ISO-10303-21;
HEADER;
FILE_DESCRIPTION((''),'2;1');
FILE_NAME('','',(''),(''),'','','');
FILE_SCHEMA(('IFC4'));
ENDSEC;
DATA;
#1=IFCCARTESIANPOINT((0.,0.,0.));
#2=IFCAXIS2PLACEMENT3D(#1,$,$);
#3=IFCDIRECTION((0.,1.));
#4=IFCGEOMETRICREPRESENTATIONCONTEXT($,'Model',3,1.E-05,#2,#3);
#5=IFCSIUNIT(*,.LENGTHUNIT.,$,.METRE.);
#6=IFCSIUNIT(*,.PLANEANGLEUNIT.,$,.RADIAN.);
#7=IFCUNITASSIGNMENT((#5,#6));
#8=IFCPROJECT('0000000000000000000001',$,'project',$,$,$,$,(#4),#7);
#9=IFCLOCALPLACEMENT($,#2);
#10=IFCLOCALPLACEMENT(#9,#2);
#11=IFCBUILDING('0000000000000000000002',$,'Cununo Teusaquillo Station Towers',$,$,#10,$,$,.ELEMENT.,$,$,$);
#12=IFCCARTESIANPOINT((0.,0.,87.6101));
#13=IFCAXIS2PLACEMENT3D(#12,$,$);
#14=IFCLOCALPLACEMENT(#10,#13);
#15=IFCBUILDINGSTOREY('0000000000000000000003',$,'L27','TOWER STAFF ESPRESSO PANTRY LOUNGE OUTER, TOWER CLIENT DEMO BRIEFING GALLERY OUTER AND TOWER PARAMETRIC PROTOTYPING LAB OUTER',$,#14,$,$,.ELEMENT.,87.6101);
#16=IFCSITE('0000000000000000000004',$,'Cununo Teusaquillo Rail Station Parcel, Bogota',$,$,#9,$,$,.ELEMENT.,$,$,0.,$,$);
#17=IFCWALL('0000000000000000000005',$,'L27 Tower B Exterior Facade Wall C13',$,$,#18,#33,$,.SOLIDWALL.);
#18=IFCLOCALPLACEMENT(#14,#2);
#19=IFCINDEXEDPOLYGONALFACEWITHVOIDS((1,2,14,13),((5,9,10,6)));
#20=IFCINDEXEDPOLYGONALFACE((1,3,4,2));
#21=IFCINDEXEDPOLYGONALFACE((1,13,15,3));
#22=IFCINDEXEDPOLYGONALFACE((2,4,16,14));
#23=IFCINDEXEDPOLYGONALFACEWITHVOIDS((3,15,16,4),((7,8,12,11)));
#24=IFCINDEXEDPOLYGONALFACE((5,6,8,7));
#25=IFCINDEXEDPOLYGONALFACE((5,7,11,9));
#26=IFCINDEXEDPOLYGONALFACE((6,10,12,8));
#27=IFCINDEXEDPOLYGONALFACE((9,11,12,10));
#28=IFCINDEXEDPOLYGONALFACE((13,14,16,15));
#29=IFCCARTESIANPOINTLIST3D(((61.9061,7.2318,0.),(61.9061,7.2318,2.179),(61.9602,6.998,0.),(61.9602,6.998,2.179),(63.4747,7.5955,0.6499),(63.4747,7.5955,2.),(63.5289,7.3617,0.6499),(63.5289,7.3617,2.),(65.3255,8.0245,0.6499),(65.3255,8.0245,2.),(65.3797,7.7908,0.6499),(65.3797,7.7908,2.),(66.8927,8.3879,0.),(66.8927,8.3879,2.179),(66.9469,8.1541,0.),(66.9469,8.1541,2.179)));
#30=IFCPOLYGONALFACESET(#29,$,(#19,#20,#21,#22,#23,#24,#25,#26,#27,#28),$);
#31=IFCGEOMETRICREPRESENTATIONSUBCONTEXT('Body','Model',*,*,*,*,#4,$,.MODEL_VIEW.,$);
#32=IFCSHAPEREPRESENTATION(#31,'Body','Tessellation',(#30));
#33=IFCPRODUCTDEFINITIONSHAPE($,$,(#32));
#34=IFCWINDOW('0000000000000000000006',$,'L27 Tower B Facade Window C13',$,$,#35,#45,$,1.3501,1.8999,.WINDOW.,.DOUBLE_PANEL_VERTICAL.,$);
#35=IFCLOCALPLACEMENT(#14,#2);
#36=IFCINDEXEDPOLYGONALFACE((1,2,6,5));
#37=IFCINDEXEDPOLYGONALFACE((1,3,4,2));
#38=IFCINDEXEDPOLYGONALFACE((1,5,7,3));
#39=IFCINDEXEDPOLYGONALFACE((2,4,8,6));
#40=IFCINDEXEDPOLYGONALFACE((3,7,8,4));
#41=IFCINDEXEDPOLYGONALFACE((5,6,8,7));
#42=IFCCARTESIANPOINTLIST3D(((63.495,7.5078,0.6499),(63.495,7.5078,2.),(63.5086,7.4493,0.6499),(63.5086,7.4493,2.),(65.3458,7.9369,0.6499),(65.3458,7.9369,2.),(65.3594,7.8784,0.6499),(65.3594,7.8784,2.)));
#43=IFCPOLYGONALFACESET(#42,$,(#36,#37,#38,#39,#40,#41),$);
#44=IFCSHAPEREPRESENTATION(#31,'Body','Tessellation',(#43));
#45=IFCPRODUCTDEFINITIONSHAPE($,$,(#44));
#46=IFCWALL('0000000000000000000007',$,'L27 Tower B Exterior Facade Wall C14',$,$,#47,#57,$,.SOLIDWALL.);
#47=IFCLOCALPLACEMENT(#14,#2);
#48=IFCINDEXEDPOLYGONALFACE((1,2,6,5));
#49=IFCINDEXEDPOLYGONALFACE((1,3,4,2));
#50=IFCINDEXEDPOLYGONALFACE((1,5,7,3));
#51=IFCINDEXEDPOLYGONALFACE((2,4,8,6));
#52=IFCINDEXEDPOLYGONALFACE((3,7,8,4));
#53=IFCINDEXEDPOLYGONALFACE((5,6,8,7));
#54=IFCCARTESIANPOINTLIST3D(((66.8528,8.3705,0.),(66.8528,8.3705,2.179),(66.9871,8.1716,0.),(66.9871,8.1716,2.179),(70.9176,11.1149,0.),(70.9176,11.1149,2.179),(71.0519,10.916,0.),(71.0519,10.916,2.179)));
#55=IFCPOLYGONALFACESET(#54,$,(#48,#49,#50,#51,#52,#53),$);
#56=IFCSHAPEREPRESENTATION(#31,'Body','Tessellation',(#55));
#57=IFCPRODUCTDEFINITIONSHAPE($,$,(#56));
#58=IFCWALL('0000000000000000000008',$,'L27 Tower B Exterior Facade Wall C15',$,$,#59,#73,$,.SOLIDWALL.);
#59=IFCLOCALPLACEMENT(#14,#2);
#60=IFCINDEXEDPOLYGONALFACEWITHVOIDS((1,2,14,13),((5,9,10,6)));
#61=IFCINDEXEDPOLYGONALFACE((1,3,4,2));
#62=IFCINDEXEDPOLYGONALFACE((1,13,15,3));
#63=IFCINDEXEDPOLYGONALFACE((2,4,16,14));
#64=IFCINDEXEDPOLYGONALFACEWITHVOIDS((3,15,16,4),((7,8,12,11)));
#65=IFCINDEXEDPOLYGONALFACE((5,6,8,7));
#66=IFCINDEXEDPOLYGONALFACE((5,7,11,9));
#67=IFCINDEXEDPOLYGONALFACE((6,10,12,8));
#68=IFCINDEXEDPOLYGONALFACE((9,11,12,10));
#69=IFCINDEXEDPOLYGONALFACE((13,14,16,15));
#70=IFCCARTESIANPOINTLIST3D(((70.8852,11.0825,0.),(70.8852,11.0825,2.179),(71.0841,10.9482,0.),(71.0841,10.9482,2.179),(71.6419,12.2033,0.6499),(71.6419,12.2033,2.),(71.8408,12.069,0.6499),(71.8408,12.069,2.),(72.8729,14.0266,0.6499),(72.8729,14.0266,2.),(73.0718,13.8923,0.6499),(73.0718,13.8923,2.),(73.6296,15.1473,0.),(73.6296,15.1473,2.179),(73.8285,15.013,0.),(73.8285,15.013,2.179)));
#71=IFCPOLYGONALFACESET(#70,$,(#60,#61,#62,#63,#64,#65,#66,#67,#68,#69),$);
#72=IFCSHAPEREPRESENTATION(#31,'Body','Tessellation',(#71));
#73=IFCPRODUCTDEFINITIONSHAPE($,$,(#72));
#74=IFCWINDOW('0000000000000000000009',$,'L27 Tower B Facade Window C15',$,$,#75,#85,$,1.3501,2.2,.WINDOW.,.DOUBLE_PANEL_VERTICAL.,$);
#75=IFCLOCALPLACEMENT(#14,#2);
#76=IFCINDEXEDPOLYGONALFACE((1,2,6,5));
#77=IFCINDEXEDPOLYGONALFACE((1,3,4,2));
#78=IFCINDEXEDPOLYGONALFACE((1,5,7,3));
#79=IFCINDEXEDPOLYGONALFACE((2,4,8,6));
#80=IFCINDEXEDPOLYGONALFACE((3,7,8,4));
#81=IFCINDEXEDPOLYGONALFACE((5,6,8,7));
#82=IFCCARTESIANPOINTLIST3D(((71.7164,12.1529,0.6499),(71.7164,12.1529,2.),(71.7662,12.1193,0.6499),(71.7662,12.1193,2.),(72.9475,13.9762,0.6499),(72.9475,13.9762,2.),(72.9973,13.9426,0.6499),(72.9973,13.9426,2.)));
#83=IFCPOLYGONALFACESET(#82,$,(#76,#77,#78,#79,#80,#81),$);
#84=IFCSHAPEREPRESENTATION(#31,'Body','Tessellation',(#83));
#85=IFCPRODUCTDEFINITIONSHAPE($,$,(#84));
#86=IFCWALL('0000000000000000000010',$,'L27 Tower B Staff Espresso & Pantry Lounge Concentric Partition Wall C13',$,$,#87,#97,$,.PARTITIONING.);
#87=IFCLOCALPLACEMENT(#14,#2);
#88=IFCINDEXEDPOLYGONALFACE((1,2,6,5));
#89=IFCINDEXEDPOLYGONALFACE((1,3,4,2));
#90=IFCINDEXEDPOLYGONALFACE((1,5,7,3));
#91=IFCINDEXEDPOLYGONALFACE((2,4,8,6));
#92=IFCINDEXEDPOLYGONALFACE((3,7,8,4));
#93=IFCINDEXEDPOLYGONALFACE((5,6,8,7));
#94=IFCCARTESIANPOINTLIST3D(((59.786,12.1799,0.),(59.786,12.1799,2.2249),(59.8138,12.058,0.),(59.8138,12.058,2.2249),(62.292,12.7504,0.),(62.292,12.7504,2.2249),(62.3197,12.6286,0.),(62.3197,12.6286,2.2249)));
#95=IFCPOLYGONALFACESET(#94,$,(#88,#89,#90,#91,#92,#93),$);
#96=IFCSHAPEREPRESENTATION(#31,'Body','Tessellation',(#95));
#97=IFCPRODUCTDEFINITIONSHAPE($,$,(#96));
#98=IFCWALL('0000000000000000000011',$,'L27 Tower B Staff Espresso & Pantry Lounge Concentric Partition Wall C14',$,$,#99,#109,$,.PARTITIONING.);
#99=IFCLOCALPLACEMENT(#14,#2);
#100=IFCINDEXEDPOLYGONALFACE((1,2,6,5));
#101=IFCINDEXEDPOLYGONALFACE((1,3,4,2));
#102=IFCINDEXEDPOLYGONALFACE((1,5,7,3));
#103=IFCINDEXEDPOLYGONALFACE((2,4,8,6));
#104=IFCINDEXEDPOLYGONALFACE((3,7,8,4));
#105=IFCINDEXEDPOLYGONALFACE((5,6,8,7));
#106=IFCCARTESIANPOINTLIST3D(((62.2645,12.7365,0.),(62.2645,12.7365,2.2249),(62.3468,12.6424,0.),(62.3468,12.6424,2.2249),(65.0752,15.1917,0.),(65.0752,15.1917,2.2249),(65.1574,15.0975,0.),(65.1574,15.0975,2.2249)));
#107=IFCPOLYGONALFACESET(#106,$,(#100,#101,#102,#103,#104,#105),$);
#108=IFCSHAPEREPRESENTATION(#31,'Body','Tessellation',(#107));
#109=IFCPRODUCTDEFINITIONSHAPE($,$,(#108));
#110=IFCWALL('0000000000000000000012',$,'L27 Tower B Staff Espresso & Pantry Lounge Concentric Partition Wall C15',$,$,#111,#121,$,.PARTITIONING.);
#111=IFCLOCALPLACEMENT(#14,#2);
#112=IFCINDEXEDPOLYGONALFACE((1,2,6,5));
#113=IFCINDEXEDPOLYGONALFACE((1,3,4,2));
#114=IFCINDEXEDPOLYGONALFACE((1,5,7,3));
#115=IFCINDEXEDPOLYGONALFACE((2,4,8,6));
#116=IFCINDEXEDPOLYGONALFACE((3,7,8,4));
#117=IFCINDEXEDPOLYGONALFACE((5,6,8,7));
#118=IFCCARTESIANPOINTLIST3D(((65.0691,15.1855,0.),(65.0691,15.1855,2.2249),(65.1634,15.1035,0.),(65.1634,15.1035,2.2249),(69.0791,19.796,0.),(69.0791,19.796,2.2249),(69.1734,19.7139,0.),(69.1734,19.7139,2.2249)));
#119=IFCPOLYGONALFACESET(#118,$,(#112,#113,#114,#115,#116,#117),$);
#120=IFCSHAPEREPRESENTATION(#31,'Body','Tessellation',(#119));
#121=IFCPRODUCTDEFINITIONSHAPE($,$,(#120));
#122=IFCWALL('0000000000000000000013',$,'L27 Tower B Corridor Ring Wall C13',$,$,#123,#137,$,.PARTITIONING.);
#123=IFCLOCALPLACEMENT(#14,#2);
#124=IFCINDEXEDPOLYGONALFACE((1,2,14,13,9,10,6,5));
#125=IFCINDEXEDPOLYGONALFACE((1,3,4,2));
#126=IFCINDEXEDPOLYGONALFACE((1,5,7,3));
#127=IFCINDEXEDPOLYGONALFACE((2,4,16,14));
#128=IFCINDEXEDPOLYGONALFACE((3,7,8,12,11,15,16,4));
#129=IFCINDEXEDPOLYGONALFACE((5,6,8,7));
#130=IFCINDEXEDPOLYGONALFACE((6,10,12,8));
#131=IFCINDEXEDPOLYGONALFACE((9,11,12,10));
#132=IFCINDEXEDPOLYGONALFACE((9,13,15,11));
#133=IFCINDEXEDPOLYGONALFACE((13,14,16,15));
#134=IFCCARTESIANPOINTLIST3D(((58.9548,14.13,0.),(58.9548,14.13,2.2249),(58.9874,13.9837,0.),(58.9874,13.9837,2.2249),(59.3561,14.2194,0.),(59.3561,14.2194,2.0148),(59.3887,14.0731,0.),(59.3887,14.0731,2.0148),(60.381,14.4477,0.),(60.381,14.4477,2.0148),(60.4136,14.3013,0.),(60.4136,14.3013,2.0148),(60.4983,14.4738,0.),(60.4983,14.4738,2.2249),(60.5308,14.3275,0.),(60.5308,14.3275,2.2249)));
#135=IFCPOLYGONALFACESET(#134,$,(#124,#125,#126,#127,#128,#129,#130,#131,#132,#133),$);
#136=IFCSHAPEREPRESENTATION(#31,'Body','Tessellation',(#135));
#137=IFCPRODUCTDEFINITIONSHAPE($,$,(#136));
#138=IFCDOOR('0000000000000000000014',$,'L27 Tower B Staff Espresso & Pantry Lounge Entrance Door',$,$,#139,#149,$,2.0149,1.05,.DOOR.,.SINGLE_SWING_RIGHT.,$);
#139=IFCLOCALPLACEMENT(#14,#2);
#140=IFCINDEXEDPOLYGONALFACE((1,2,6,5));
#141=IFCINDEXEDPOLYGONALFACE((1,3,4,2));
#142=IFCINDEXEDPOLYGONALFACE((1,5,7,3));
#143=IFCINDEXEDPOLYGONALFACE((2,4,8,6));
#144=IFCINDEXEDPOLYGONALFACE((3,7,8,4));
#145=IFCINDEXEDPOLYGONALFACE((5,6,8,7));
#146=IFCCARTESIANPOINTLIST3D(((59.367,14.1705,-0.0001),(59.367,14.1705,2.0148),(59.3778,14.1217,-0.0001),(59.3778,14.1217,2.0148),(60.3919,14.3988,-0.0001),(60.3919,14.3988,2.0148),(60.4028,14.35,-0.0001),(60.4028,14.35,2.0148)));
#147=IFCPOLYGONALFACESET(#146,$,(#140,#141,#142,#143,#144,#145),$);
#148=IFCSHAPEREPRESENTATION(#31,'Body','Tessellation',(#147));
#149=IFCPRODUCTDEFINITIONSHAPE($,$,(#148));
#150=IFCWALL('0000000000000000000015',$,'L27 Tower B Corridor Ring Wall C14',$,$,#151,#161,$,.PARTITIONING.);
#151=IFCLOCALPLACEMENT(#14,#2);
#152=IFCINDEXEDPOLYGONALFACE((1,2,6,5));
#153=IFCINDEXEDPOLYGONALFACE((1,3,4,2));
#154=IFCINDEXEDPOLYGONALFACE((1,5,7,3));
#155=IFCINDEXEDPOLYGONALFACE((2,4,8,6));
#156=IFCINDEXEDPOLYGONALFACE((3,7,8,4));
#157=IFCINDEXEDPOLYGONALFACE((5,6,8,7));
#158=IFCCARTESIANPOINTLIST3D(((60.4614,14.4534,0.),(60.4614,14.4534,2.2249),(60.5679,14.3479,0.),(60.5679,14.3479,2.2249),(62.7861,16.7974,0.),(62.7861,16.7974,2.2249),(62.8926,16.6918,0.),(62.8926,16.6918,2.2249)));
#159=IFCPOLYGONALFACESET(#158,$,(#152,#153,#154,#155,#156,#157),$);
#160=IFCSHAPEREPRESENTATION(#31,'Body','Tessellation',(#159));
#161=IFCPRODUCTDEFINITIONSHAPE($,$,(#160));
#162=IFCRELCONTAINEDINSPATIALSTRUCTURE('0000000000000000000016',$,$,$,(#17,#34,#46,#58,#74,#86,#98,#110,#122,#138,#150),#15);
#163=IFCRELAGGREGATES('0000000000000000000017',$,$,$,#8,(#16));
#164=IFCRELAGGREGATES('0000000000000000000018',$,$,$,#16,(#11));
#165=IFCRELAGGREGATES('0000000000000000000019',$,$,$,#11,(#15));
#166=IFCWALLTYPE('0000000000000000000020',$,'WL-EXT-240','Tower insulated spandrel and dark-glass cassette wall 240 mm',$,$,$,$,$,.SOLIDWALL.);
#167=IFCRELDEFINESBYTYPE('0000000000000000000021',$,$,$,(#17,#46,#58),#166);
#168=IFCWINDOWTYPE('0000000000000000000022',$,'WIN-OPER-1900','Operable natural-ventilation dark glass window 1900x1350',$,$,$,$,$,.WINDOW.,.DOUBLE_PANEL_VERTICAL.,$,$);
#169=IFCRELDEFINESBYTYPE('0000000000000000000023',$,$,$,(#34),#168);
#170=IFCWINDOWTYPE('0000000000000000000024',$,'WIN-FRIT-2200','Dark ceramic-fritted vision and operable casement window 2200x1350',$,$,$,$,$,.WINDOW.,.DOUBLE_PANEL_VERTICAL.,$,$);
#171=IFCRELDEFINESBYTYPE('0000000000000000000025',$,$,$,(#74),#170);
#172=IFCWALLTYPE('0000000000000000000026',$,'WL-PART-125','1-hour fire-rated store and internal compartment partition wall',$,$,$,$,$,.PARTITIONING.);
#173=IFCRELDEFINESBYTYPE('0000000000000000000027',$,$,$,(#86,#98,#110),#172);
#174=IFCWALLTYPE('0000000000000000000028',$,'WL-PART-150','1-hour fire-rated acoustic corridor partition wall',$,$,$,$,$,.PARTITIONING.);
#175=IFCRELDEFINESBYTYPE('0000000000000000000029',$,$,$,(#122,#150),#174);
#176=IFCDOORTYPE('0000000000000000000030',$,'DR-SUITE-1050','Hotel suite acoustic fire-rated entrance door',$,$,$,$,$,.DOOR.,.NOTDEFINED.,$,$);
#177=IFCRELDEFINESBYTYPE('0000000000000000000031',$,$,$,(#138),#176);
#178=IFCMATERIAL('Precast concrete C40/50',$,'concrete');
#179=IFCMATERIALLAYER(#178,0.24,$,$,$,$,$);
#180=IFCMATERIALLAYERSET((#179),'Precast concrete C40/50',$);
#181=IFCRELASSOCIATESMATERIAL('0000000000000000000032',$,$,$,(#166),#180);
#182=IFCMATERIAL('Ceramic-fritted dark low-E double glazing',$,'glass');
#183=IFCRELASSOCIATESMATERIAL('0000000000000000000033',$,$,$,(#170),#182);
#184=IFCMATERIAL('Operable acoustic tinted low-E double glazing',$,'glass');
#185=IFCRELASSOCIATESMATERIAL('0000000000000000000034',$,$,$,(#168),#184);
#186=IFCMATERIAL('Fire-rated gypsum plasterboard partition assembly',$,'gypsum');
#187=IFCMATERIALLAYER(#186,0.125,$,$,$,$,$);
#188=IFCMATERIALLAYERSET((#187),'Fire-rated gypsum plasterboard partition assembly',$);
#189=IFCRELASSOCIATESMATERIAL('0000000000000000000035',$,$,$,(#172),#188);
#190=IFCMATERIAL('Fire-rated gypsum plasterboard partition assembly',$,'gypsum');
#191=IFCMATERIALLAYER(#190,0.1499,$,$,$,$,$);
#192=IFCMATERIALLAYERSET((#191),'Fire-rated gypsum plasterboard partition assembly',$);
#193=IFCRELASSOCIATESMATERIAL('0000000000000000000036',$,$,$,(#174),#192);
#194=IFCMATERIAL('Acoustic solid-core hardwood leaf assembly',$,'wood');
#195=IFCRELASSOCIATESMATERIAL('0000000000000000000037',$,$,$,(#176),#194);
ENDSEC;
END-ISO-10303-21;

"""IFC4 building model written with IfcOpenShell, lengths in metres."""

from ifc_helpers import new_model, si_unit, direction, frame, frame_2d, origin, place, context, subcontext, project, spatial, rectangle, extrude, source, transform, mapped, material, layer, layer_set, type_object, element, fill, save


model = new_model("IFC4")

# Units and contexts
model_context = context("Model", 3, precision=1e-05, world=origin(), true_north=direction((0.0, 1.0)))
body_context = subcontext(model_context, "Body", "Model", "MODEL_VIEW")
ifc_project = project(units=[si_unit("LENGTHUNIT", "METRE"), si_unit("PLANEANGLEUNIT", "RADIAN")], contexts=[model_context])

# Site, building, storey
site_placement = place(None, origin())
site = spatial("IfcSite", under=ifc_project, at=site_placement, Name="Cununo Teusaquillo Rail Station Parcel, Bogota", CompositionType="ELEMENT", RefElevation=0.0)
building_placement = place(site_placement, origin())
building = spatial("IfcBuilding", under=site, at=building_placement, Name="Cununo Teusaquillo Station Towers", CompositionType="ELEMENT")
storey_placement = place(building_placement, frame((0.0, 0.0, 87.6101)))
storey = spatial("IfcBuildingStorey", under=building, at=storey_placement, Name="L27", Description="TOWER STAFF ESPRESSO PANTRY LOUNGE OUTER, TOWER CLIENT DEMO BRIEFING GALLERY OUTER AND TOWER PARAMETRIC PROTOTYPING LAB OUTER", CompositionType="ELEMENT", Elevation=87.6101)

# Wall, opening, window
ifc_material_1 = material(Name="Precast concrete C40/50", Category="concrete")
ifc_layer_1 = layer(ifc_material_1, 0.24)
ifc_layer_set_1 = layer_set([ifc_layer_1], Name="Precast concrete C40/50")
wall_type_1 = type_object("IfcWallType", Name="WL-EXT-240", Description="Tower insulated spandrel and dark-glass cassette wall 240 mm", PredefinedType="SOLIDWALL", material=ifc_layer_set_1)
shared_shape_1 = source(origin(), body_context, "Body", "SweptSolid", [
    extrude(rectangle(XDim=2.2, YDim=1.3501, at=frame_2d((1.1001, 0.675))), frame((0.0, 0.1299, 0.0), z_axis=(0.0, -1.0, 0.0), x_axis=(1.0, 0.0, 0.0)), (0.0, 0.0, 1.0), 0.26),
])
ifc_material_2 = material(Name="Ceramic-fritted dark low-E double glazing", Category="glass")
window_type_1 = type_object("IfcWindowType", Name="WIN-FRIT-2200", Description="Dark ceramic-fritted vision and operable casement window 2200x1350", PartitioningType="DOUBLE_PANEL_VERTICAL", PredefinedType="WINDOW", material=ifc_material_2)
shared_shape_2 = source(origin(), body_context, "Body", "SweptSolid", [
    extrude(rectangle(XDim=2.2, YDim=1.3501, at=frame_2d((1.1001, 0.675))), frame((0.0, 0.03, 0.0), z_axis=(0.0, -1.0, 0.0), x_axis=(1.0, 0.0, 0.0)), (0.0, 0.0, 1.0), 0.0601),
])
wall_1_placement = place(storey_placement, frame((66.9199, 8.271, 0.0), z_axis=(0.0, 0.0, 1.0), x_axis=(-0.974166, -0.225835, 0.0)))
wall_1 = element("IfcWall", 1, at=wall_1_placement, inside=storey, type_object=wall_type_1, Name="L27 Tower B Exterior Facade Wall C13", PredefinedType="SOLIDWALL", context=body_context, shape_type="SweptSolid", body=[
    extrude(rectangle(XDim=5.1189, YDim=0.24, at=frame_2d((2.5596, 0.0))), origin(), (0.0, 0.0, 1.0), 2.179),
])
shared_shape_3 = source(origin(), body_context, "Body", "SweptSolid", [
    extrude(rectangle(XDim=1.8999, YDim=1.3501, at=frame_2d((0.95, 0.675))), frame((0.0, 0.1299, 0.0), z_axis=(0.0, -1.0, 0.0), x_axis=(1.0, 0.0, 0.0)), (0.0, 0.0, 1.0), 0.26),
])
opening_1_placement = place(wall_1_placement, frame((1.6089, 0.0, 0.6499)))
opening_1 = element("IfcOpeningElement", 2, at=opening_1_placement, cuts=wall_1, PredefinedType="OPENING", context=body_context, shape_type="MappedRepresentation", body=[
    mapped(shared_shape_3, transform((0.0, 0.0, 0.0), x_axis=(1.0, 0.0, 0.0), y_axis=(0.0, 1.0, 0.0), z_axis=(0.0, 0.0, 1.0), scale=1.0)),
])
ifc_material_3 = material(Name="Operable acoustic tinted low-E double glazing", Category="glass")
window_type_2 = type_object("IfcWindowType", Name="WIN-OPER-1900", Description="Operable natural-ventilation dark glass window 1900x1350", PartitioningType="DOUBLE_PANEL_VERTICAL", PredefinedType="WINDOW", material=ifc_material_3)
shared_shape_4 = source(origin(), body_context, "Body", "SweptSolid", [
    extrude(rectangle(XDim=1.8999, YDim=1.3501, at=frame_2d((0.95, 0.675))), frame((0.0, 0.03, 0.0), z_axis=(0.0, -1.0, 0.0), x_axis=(1.0, 0.0, 0.0)), (0.0, 0.0, 1.0), 0.0601),
])
window_1_placement = place(opening_1_placement, origin())
window_1 = element("IfcWindow", 3, at=window_1_placement, inside=storey, type_object=window_type_2, Name="L27 Tower B Facade Window C13", OverallHeight=1.3501, OverallWidth=1.8999, PartitioningType="DOUBLE_PANEL_VERTICAL", PredefinedType="WINDOW", context=body_context, shape_type="MappedRepresentation", body=[
    mapped(shared_shape_4, transform((0.0, 0.0, 0.0), x_axis=(1.0, 0.0, 0.0), y_axis=(0.0, 1.0, 0.0), z_axis=(0.0, 0.0, 1.0), scale=1.0)),
])
fill(opening_1, window_1)

# Wall
wall_2_placement = place(storey_placement, frame((70.9846, 11.0154, 0.0), z_axis=(0.0, 0.0, 1.0), x_axis=(-0.828781, -0.559573, 0.0)))
element("IfcWall", 4, at=wall_2_placement, inside=storey, type_object=wall_type_1, Name="L27 Tower B Exterior Facade Wall C14", PredefinedType="SOLIDWALL", context=body_context, shape_type="SweptSolid", body=[
    extrude(rectangle(XDim=4.9045, YDim=0.24, at=frame_2d((2.4521, 0.0))), origin(), (0.0, 0.0, 1.0), 2.179),
])

# Wall, opening, window
wall_3_placement = place(storey_placement, frame((73.729, 15.0801, 0.0), z_axis=(0.0, 0.0, 1.0), x_axis=(-0.559573, -0.828781, 0.0)))
wall_3 = element("IfcWall", 5, at=wall_3_placement, inside=storey, type_object=wall_type_1, Name="L27 Tower B Exterior Facade Wall C15", PredefinedType="SOLIDWALL", context=body_context, shape_type="SweptSolid", body=[
    extrude(rectangle(XDim=4.9045, YDim=0.24, at=frame_2d((2.4521, 0.0))), origin(), (0.0, 0.0, 1.0), 2.179),
])
opening_2_placement = place(wall_3_placement, frame((1.3521, 0.0, 0.6499)))
opening_2 = element("IfcOpeningElement", 6, at=opening_2_placement, cuts=wall_3, PredefinedType="OPENING", context=body_context, shape_type="MappedRepresentation", body=[
    mapped(shared_shape_1, transform((0.0, 0.0, 0.0), x_axis=(1.0, 0.0, 0.0), y_axis=(0.0, 1.0, 0.0), z_axis=(0.0, 0.0, 1.0), scale=1.0)),
])
window_2_placement = place(opening_2_placement, origin())
window_2 = element("IfcWindow", 7, at=window_2_placement, inside=storey, type_object=window_type_1, Name="L27 Tower B Facade Window C15", OverallHeight=1.3501, OverallWidth=2.2, PartitioningType="DOUBLE_PANEL_VERTICAL", PredefinedType="WINDOW", context=body_context, shape_type="MappedRepresentation", body=[
    mapped(shared_shape_2, transform((0.0, 0.0, 0.0), x_axis=(1.0, 0.0, 0.0), y_axis=(0.0, 1.0, 0.0), z_axis=(0.0, 0.0, 1.0), scale=1.0)),
])
fill(opening_2, window_2)

# Walls
ifc_material_4 = material(Name="Fire-rated gypsum plasterboard partition assembly", Category="gypsum")
ifc_layer_2 = layer(ifc_material_4, 0.125)
ifc_layer_set_2 = layer_set([ifc_layer_2], Name="Fire-rated gypsum plasterboard partition assembly")
wall_type_2 = type_object("IfcWallType", Name="WL-PART-125", Description="1-hour fire-rated store and internal compartment partition wall", PredefinedType="PARTITIONING", material=ifc_layer_set_2)
wall_4_placement = place(storey_placement, frame((59.7998, 12.1189, 0.0), z_axis=(0.0, 0.0, 1.0), x_axis=(0.975045, 0.222007, 0.0)))
element("IfcWall", 8, at=wall_4_placement, inside=storey, type_object=wall_type_2, Name="L27 Tower B Staff Espresso & Pantry Lounge Concentric Partition Wall C13", PredefinedType="PARTITIONING", context=body_context, shape_type="SweptSolid", body=[
    extrude(rectangle(XDim=2.5701, YDim=0.125, at=frame_2d((1.2852, 0.0))), origin(), (0.0, 0.0, 1.0), 2.2249),
])
wall_5_placement = place(storey_placement, frame((62.3057, 12.6895, 0.0), z_axis=(0.0, 0.0, 1.0), x_axis=(0.753128, 0.657874, 0.0)))
element("IfcWall", 9, at=wall_5_placement, inside=storey, type_object=wall_type_2, Name="L27 Tower B Staff Espresso & Pantry Lounge Concentric Partition Wall C14", PredefinedType="PARTITIONING", context=body_context, shape_type="SweptSolid", body=[
    extrude(rectangle(XDim=3.7319, YDim=0.125, at=frame_2d((1.866, 0.0))), origin(), (0.0, 0.0, 1.0), 2.2249),
])
wall_6_placement = place(storey_placement, frame((65.1162, 15.1445, 0.0), z_axis=(0.0, 0.0, 1.0), x_axis=(0.656273, 0.754524, 0.0)))
element("IfcWall", 10, at=wall_6_placement, inside=storey, type_object=wall_type_2, Name="L27 Tower B Staff Espresso & Pantry Lounge Concentric Partition Wall C15", PredefinedType="PARTITIONING", context=body_context, shape_type="SweptSolid", body=[
    extrude(rectangle(XDim=6.1104, YDim=0.125, at=frame_2d((3.0552, 0.0))), origin(), (0.0, 0.0, 1.0), 2.2249),
])

# Wall, opening, door
ifc_material_5 = material(Name="Fire-rated gypsum plasterboard partition assembly", Category="gypsum")
ifc_layer_3 = layer(ifc_material_5, 0.1499)
ifc_layer_set_3 = layer_set([ifc_layer_3], Name="Fire-rated gypsum plasterboard partition assembly")
wall_type_3 = type_object("IfcWallType", Name="WL-PART-150", Description="1-hour fire-rated acoustic corridor partition wall", PredefinedType="PARTITIONING", material=ifc_layer_set_3)
wall_7_placement = place(storey_placement, frame((58.9712, 14.0569, 0.0), z_axis=(0.0, 0.0, 1.0), x_axis=(0.976085, 0.217388, 0.0)))
wall_7 = element("IfcWall", 11, at=wall_7_placement, inside=storey, type_object=wall_type_3, Name="L27 Tower B Corridor Ring Wall C13", PredefinedType="PARTITIONING", context=body_context, shape_type="SweptSolid", body=[
    extrude(rectangle(XDim=1.5813, YDim=0.1499, at=frame_2d((0.7905, 0.0))), origin(), (0.0, 0.0, 1.0), 2.2249),
])
shared_shape_5 = source(origin(), body_context, "Body", "SweptSolid", [
    extrude(rectangle(XDim=1.05, YDim=2.0149, at=frame_2d((0.5249, 1.0073))), frame((0.0, 0.085, 0.0), z_axis=(0.0, -1.0, 0.0), x_axis=(1.0, 0.0, 0.0)), (0.0, 0.0, 1.0), 0.1699),
])
opening_3_placement = place(wall_7_placement, frame((0.4111, 0.0, 0.0)))
opening_3 = element("IfcOpeningElement", 12, at=opening_3_placement, cuts=wall_7, PredefinedType="OPENING", context=body_context, shape_type="MappedRepresentation", body=[
    mapped(shared_shape_5, transform((0.0, 0.0, 0.0), x_axis=(1.0, 0.0, 0.0), y_axis=(0.0, 1.0, 0.0), z_axis=(0.0, 0.0, 1.0), scale=1.0)),
])
ifc_material_6 = material(Name="Acoustic solid-core hardwood leaf assembly", Category="wood")
door_type_1 = type_object("IfcDoorType", Name="DR-SUITE-1050", Description="Hotel suite acoustic fire-rated entrance door", OperationType="NOTDEFINED", PredefinedType="DOOR", material=ifc_material_6)
shared_shape_6 = source(origin(), body_context, "Body", "SweptSolid", [
    extrude(rectangle(XDim=1.05, YDim=2.0149, at=frame_2d((0.5249, 1.0073))), frame((0.0, 0.0249, 0.0), z_axis=(0.0, -1.0, 0.0), x_axis=(1.0, 0.0, 0.0)), (0.0, 0.0, 1.0), 0.05),
])
door_1_placement = place(opening_3_placement, origin())
door_1 = element("IfcDoor", 13, at=door_1_placement, inside=storey, type_object=door_type_1, Name="L27 Tower B Staff Espresso & Pantry Lounge Entrance Door", OperationType="SINGLE_SWING_RIGHT", OverallHeight=2.0149, OverallWidth=1.05, PredefinedType="DOOR", context=body_context, shape_type="MappedRepresentation", body=[
    mapped(shared_shape_6, transform((0.0, 0.0, 0.0), x_axis=(1.0, 0.0, 0.0), y_axis=(0.0, 1.0, 0.0), z_axis=(0.0, 0.0, 1.0), scale=1.0)),
])
fill(opening_3, door_1)

# Wall
wall_8_placement = place(storey_placement, frame((60.5146, 14.4006, 0.0), z_axis=(0.0, 0.0, 1.0), x_axis=(0.70418, 0.710022, 0.0)))
element("IfcWall", 14, at=wall_8_placement, inside=storey, type_object=wall_type_3, Name="L27 Tower B Corridor Ring Wall C14", PredefinedType="PARTITIONING", context=body_context, shape_type="SweptSolid", body=[
    extrude(rectangle(XDim=3.3013, YDim=0.1499, at=frame_2d((1.6506, 0.0))), origin(), (0.0, 0.0, 1.0), 2.2249),
])

save(model, "model.ifc")
